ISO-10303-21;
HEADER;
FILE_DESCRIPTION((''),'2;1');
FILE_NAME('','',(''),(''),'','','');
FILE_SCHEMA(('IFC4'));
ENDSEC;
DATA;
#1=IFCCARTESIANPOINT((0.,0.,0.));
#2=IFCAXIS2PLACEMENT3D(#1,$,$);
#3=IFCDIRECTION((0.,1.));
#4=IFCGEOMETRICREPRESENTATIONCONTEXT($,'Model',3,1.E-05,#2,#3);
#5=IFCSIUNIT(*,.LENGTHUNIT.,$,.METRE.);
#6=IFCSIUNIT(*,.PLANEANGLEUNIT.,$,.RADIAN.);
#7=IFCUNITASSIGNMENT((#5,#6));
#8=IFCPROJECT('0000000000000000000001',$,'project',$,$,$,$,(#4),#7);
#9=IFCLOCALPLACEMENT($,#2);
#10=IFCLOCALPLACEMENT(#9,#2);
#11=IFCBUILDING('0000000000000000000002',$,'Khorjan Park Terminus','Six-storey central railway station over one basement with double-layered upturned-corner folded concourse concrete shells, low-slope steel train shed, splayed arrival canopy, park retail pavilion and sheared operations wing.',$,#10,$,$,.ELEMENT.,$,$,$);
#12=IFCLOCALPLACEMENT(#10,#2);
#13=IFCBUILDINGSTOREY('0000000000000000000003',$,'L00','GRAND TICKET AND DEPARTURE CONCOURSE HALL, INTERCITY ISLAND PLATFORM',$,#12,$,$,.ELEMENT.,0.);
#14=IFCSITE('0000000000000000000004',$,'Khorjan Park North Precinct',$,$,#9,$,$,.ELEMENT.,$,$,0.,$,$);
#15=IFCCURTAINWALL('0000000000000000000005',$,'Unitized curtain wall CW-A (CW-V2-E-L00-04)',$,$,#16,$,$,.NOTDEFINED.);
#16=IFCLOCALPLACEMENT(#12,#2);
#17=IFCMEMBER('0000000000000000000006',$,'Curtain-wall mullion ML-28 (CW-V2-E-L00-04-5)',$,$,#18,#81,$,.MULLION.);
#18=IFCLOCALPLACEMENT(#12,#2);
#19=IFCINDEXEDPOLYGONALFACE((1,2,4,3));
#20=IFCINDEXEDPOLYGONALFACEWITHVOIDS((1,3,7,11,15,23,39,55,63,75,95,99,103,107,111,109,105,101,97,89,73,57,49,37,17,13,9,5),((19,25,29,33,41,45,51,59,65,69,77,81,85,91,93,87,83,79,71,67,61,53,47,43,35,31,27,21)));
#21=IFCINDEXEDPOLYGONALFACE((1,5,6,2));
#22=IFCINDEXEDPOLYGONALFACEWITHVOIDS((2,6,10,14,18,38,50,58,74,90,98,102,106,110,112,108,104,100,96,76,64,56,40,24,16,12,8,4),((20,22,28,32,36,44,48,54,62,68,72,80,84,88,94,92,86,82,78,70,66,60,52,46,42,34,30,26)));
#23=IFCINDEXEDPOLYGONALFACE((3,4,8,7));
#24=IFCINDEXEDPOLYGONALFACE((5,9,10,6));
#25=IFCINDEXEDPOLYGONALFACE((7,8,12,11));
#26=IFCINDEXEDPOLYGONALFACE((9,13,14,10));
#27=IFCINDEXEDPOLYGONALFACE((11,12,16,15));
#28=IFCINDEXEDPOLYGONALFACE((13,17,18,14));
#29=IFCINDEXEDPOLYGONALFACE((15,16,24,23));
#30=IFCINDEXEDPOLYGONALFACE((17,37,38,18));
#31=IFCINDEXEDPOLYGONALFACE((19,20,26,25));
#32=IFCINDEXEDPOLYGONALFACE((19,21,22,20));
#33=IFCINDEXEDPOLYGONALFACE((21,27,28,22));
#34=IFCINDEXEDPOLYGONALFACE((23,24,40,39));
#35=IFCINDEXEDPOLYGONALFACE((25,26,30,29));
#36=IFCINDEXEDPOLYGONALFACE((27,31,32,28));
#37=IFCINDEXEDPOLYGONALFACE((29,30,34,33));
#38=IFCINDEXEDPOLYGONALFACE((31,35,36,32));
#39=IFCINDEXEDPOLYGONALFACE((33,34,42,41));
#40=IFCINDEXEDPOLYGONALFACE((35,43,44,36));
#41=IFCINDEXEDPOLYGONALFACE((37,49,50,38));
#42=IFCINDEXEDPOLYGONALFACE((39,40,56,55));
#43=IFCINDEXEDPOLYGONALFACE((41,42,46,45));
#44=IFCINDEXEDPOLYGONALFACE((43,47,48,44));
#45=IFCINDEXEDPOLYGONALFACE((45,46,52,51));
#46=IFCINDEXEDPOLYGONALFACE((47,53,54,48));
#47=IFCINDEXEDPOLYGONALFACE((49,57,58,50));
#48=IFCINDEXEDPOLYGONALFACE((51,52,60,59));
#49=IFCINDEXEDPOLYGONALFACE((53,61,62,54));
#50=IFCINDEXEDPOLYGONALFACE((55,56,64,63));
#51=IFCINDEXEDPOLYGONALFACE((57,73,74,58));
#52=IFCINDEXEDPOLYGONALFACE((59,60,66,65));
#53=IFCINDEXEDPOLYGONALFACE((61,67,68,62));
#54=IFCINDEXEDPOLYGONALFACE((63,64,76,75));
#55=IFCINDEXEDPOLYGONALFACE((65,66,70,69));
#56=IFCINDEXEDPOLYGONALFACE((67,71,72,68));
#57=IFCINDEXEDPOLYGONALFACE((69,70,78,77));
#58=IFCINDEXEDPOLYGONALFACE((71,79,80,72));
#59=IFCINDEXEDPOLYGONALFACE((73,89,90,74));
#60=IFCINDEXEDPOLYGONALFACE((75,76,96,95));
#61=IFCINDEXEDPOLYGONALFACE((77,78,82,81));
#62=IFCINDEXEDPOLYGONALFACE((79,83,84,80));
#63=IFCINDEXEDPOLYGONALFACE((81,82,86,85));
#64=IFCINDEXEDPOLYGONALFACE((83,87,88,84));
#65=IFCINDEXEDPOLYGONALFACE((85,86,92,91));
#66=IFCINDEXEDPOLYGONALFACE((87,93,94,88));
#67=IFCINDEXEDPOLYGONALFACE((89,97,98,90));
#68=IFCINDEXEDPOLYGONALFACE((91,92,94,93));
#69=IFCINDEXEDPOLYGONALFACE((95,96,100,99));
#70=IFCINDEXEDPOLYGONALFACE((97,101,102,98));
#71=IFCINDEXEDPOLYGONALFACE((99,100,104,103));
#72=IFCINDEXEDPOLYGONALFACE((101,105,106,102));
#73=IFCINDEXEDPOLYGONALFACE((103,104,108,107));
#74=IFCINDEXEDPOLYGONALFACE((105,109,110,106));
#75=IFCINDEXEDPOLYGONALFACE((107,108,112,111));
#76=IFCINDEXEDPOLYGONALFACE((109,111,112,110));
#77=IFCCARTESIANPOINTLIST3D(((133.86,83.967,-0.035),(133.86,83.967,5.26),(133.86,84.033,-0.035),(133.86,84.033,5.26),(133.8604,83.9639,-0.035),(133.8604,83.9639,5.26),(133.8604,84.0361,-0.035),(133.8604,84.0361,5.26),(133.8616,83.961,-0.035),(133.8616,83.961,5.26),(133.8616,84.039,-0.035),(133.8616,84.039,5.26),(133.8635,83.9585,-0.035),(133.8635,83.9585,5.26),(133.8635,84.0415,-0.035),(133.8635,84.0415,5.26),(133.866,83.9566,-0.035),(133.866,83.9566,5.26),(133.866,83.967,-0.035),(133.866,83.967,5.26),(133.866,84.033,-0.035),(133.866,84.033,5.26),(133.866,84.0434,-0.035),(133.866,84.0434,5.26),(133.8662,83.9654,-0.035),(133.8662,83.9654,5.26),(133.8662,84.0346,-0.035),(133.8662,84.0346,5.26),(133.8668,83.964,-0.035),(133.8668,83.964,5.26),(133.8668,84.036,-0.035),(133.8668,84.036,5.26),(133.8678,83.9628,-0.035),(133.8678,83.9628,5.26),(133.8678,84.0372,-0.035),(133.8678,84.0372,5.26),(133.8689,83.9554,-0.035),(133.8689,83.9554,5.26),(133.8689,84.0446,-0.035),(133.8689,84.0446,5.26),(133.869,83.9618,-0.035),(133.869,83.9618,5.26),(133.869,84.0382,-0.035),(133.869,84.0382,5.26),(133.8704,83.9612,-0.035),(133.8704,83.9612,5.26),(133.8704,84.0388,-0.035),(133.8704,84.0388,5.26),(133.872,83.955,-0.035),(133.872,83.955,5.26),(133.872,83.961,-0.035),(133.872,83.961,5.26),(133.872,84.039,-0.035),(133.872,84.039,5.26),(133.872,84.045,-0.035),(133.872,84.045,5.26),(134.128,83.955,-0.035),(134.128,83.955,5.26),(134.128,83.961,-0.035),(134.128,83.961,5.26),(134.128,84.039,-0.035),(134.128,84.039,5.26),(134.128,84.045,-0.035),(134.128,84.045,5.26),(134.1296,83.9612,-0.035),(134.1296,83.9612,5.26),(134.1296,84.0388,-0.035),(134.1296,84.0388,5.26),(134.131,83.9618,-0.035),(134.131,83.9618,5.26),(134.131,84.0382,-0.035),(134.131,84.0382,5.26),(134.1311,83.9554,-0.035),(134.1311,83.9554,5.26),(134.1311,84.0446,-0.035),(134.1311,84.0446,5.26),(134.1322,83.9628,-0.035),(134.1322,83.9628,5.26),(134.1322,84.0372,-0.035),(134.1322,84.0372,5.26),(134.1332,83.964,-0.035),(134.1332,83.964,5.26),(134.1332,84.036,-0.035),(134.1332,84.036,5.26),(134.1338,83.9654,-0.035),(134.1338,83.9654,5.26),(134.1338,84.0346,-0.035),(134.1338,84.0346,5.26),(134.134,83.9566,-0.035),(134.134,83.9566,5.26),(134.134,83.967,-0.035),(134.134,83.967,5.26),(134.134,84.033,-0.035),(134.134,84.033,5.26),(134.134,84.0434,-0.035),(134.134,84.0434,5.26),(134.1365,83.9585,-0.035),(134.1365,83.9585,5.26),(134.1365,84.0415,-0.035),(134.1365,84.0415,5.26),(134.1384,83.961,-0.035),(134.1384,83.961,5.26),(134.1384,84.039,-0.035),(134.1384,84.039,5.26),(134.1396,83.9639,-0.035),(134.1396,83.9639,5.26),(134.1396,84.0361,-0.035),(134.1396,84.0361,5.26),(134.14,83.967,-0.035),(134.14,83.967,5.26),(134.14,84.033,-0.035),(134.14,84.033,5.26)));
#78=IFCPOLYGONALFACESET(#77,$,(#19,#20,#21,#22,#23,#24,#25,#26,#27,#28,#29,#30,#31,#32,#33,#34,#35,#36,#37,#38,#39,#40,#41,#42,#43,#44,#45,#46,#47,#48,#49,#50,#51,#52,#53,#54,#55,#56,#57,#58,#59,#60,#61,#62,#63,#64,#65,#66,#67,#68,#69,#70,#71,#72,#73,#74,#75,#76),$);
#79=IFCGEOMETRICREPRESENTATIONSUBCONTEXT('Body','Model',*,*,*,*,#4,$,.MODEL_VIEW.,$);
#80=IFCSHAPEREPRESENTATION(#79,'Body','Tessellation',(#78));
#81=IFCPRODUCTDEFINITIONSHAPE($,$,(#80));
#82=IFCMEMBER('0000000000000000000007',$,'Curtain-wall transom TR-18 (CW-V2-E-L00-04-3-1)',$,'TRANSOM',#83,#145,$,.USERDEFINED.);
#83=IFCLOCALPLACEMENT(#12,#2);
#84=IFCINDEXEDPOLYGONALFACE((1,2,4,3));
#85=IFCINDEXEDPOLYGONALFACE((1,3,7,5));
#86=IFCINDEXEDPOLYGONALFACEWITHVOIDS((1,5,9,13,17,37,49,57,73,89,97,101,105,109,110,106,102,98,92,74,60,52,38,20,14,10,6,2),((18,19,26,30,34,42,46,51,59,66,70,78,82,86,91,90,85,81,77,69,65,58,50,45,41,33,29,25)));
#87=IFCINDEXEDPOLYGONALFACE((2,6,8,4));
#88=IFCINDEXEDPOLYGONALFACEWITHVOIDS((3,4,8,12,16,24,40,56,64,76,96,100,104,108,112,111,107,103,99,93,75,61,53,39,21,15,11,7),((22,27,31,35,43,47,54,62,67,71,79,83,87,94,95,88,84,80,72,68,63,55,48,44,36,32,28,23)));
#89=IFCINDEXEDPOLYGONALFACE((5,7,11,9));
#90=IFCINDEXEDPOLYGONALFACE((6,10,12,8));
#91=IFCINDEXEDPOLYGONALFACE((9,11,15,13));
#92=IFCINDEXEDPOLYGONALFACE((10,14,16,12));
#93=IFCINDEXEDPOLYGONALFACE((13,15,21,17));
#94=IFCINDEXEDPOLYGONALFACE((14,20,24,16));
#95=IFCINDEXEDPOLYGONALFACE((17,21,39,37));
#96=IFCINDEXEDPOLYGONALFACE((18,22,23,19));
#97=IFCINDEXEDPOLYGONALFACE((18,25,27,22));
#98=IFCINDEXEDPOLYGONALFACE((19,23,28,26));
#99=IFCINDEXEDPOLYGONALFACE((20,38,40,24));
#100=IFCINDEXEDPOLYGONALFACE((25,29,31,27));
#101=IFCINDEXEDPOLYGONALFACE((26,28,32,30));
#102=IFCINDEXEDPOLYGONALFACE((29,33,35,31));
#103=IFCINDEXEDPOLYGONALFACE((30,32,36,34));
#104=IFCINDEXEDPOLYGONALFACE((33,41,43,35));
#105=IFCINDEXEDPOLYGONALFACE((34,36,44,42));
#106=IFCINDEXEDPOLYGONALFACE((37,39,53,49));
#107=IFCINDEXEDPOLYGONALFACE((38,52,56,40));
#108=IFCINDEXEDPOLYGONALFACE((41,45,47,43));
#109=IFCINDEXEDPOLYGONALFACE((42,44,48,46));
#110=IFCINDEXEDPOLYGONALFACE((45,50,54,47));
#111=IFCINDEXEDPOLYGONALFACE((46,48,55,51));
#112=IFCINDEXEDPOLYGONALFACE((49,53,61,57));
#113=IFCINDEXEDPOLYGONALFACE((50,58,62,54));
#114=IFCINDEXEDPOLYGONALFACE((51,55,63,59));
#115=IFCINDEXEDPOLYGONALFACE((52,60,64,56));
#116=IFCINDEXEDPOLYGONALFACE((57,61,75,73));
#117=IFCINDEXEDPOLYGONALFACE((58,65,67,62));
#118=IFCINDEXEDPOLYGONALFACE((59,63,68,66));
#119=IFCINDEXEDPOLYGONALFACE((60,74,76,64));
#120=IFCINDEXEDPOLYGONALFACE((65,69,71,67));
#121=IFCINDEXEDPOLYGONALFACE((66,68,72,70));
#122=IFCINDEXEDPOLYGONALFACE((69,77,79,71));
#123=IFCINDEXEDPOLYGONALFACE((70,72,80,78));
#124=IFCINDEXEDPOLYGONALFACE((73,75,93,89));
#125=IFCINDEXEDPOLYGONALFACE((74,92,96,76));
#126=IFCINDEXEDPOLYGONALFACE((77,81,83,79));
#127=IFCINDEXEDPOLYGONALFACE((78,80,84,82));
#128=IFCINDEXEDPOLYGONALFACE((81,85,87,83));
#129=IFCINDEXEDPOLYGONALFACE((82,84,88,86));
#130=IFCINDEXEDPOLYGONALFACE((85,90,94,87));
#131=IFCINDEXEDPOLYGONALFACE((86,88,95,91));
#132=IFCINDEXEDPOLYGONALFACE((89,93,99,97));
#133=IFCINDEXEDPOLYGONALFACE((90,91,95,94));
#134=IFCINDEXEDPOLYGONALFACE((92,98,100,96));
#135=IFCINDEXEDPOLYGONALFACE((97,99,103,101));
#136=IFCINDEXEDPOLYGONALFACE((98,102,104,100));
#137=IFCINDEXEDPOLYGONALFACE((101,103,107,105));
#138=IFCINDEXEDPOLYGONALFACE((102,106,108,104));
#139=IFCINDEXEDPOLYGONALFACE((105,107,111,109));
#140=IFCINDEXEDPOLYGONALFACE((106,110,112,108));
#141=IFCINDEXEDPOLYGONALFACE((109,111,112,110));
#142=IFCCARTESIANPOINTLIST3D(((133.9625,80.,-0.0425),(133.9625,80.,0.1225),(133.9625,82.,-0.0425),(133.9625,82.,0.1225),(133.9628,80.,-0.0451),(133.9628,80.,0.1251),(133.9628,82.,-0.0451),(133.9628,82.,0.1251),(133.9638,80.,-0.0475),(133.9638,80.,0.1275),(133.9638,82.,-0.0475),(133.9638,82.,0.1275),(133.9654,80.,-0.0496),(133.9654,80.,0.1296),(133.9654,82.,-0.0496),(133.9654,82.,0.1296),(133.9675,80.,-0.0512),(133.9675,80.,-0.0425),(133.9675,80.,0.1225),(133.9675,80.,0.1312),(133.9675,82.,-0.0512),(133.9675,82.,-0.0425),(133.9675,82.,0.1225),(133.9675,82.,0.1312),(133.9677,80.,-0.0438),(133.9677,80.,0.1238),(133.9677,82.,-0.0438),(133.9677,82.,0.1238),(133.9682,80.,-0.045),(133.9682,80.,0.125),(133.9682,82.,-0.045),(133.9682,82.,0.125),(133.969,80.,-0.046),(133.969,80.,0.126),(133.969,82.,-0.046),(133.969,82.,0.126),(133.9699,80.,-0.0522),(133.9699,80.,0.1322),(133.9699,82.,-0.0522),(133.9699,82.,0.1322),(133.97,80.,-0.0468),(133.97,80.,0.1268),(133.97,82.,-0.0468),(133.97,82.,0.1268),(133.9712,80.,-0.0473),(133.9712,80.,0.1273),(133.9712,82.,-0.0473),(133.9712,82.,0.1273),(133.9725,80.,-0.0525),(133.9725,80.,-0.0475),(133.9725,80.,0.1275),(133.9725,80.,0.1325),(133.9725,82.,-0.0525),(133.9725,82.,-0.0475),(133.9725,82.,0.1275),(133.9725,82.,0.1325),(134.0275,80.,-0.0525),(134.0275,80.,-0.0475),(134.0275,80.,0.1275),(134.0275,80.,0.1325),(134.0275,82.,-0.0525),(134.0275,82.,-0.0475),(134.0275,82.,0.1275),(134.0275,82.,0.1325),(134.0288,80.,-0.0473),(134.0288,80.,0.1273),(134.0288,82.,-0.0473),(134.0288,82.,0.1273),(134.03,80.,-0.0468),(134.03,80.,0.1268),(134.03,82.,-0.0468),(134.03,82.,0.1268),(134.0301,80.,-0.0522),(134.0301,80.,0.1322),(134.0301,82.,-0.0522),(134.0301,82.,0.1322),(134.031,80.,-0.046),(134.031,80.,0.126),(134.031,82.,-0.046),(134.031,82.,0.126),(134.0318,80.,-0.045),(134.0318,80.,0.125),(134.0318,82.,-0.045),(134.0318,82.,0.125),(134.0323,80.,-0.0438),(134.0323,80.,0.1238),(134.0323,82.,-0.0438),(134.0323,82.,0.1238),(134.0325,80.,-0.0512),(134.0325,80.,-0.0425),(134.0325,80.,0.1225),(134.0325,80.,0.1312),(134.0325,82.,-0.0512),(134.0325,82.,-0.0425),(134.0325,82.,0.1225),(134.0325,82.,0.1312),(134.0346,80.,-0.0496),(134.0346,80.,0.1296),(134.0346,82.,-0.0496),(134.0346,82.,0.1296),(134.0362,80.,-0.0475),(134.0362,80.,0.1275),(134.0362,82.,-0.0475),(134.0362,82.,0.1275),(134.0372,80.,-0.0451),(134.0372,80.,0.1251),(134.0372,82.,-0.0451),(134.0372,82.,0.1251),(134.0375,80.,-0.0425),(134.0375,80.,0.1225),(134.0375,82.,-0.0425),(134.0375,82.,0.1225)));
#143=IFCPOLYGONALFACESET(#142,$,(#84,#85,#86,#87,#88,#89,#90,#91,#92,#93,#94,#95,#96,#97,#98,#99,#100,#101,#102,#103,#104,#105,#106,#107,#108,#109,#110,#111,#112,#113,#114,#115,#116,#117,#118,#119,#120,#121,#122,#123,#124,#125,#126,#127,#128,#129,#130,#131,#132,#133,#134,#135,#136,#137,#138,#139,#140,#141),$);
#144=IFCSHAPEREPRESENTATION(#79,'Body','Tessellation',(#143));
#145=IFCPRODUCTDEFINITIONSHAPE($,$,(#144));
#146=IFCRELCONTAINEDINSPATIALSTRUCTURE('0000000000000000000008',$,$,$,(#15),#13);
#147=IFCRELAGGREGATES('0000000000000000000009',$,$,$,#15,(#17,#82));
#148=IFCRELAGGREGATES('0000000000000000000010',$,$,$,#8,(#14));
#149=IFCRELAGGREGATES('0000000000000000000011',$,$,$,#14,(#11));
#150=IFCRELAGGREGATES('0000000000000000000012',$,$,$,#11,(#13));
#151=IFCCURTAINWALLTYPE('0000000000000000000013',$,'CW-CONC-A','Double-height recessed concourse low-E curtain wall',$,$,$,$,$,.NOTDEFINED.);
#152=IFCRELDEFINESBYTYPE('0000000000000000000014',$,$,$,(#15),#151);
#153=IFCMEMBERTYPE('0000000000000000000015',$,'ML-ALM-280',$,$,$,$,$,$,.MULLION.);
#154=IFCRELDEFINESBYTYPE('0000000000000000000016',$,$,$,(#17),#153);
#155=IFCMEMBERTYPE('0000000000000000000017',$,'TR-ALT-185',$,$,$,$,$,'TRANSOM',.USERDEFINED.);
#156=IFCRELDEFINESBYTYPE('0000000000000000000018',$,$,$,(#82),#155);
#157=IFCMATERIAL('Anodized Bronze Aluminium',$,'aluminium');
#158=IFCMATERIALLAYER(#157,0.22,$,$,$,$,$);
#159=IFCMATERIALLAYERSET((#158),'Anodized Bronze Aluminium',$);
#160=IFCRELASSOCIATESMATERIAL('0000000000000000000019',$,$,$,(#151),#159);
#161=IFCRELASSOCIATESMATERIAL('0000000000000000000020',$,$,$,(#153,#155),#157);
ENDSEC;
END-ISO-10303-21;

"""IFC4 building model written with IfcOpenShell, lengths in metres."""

from ifc_helpers import new_model, si_unit, direction, frame, origin, origin_2d, place, context, subcontext, project, spatial, hollow_rectangle, extrude, material, layer, layer_set, material_profile, profile_set, type_object, element, aggregate, save


model = new_model("IFC4")

# Units and contexts
model_context = context("Model", 3, precision=1e-05, world=origin(), true_north=direction((0.0, 1.0)))
body_context = subcontext(model_context, "Body", "Model", "MODEL_VIEW")
ifc_project = project(units=[si_unit("LENGTHUNIT", "METRE"), si_unit("PLANEANGLEUNIT", "RADIAN")], contexts=[model_context])

# Site, building, storey
site_placement = place(None, origin())
site = spatial("IfcSite", under=ifc_project, at=site_placement, Name="Khorjan Park North Precinct", CompositionType="ELEMENT", RefElevation=0.0)
building_placement = place(site_placement, origin())
building = spatial("IfcBuilding", under=site, at=building_placement, Name="Khorjan Park Terminus", Description="Six-storey central railway station over one basement with double-layered upturned-corner folded concourse concrete shells, low-slope steel train shed, splayed arrival canopy, park retail pavilion and sheared operations wing.", CompositionType="ELEMENT")
storey_placement = place(building_placement, origin())
storey = spatial("IfcBuildingStorey", under=building, at=storey_placement, Name="L00", Description="GRAND TICKET AND DEPARTURE CONCOURSE HALL, INTERCITY ISLAND PLATFORM", CompositionType="ELEMENT", Elevation=0.0)

# Curtain wall, members
ifc_material_1 = material(Name="Anodized Bronze Aluminium", Category="aluminium")
ifc_layer_1 = layer(ifc_material_1, 0.22)
ifc_layer_set_1 = layer_set([ifc_layer_1], Name="Anodized Bronze Aluminium")
curtain_wall_type = type_object("IfcCurtainWallType", Name="CW-CONC-A", Description="Double-height recessed concourse low-E curtain wall", PredefinedType="NOTDEFINED", material=ifc_layer_set_1)
curtain_wall_placement = place(storey_placement, origin())
curtain_wall = element("IfcCurtainWall", 1, at=curtain_wall_placement, inside=storey, type_object=curtain_wall_type, Name="Unitized curtain wall CW-A (CW-V2-E-L00-04)", PredefinedType="NOTDEFINED")
ifc_material_profile_1 = material_profile(ifc_material_1, hollow_rectangle(XDim=0.09, YDim=0.28, WallThickness=0.006, InnerFilletRadius=0.006, OuterFilletRadius=0.012, at=origin_2d()), Name="ALM 90x280x6")
ifc_profile_set_1 = profile_set([ifc_material_profile_1], Name="Anodized Bronze Aluminium")
member_type_1 = type_object("IfcMemberType", Name="ML-ALM-280", PredefinedType="MULLION", material=ifc_profile_set_1)
member_1_placement = place(storey_placement, frame((134.0, 84.0, -0.035), z_axis=(0.0, 0.0, 1.0), x_axis=(0.0, 1.0, 0.0)))
member_1 = element("IfcMember", 2, at=member_1_placement, type_object=member_type_1, Name="Curtain-wall mullion ML-28 (CW-V2-E-L00-04-5)", PredefinedType="MULLION", context=body_context, shape_type="SweptSolid", body=[
    extrude(hollow_rectangle(XDim=0.09, YDim=0.28, WallThickness=0.006, InnerFilletRadius=0.006, OuterFilletRadius=0.012, at=origin_2d()), origin(), (0.0, 0.0, 1.0), 5.295),
])
ifc_material_profile_2 = material_profile(ifc_material_1, hollow_rectangle(XDim=0.075, YDim=0.185, WallThickness=0.005, InnerFilletRadius=0.005, OuterFilletRadius=0.01, at=origin_2d()), Name="ALT 75x185x5")
ifc_profile_set_2 = profile_set([ifc_material_profile_2], Name="Anodized Bronze Aluminium")
member_type_2 = type_object("IfcMemberType", Name="TR-ALT-185", ElementType="TRANSOM", PredefinedType="USERDEFINED", material=ifc_profile_set_2)
member_2_placement = place(storey_placement, frame((134.0, 80.0, 0.04), z_axis=(0.0, 1.0, 0.0), x_axis=(-1.0, 0.0, 0.0)))
member_2 = element("IfcMember", 3, at=member_2_placement, type_object=member_type_2, Name="Curtain-wall transom TR-18 (CW-V2-E-L00-04-3-1)", ObjectType="TRANSOM", PredefinedType="USERDEFINED", context=body_context, shape_type="SweptSolid", body=[
    extrude(hollow_rectangle(XDim=0.075, YDim=0.185, WallThickness=0.005, InnerFilletRadius=0.005, OuterFilletRadius=0.01, at=origin_2d()), origin(), (0.0, 0.0, 1.0), 2.0),
])
aggregate(curtain_wall, [member_1, member_2])

save(model, "model.ifc")
